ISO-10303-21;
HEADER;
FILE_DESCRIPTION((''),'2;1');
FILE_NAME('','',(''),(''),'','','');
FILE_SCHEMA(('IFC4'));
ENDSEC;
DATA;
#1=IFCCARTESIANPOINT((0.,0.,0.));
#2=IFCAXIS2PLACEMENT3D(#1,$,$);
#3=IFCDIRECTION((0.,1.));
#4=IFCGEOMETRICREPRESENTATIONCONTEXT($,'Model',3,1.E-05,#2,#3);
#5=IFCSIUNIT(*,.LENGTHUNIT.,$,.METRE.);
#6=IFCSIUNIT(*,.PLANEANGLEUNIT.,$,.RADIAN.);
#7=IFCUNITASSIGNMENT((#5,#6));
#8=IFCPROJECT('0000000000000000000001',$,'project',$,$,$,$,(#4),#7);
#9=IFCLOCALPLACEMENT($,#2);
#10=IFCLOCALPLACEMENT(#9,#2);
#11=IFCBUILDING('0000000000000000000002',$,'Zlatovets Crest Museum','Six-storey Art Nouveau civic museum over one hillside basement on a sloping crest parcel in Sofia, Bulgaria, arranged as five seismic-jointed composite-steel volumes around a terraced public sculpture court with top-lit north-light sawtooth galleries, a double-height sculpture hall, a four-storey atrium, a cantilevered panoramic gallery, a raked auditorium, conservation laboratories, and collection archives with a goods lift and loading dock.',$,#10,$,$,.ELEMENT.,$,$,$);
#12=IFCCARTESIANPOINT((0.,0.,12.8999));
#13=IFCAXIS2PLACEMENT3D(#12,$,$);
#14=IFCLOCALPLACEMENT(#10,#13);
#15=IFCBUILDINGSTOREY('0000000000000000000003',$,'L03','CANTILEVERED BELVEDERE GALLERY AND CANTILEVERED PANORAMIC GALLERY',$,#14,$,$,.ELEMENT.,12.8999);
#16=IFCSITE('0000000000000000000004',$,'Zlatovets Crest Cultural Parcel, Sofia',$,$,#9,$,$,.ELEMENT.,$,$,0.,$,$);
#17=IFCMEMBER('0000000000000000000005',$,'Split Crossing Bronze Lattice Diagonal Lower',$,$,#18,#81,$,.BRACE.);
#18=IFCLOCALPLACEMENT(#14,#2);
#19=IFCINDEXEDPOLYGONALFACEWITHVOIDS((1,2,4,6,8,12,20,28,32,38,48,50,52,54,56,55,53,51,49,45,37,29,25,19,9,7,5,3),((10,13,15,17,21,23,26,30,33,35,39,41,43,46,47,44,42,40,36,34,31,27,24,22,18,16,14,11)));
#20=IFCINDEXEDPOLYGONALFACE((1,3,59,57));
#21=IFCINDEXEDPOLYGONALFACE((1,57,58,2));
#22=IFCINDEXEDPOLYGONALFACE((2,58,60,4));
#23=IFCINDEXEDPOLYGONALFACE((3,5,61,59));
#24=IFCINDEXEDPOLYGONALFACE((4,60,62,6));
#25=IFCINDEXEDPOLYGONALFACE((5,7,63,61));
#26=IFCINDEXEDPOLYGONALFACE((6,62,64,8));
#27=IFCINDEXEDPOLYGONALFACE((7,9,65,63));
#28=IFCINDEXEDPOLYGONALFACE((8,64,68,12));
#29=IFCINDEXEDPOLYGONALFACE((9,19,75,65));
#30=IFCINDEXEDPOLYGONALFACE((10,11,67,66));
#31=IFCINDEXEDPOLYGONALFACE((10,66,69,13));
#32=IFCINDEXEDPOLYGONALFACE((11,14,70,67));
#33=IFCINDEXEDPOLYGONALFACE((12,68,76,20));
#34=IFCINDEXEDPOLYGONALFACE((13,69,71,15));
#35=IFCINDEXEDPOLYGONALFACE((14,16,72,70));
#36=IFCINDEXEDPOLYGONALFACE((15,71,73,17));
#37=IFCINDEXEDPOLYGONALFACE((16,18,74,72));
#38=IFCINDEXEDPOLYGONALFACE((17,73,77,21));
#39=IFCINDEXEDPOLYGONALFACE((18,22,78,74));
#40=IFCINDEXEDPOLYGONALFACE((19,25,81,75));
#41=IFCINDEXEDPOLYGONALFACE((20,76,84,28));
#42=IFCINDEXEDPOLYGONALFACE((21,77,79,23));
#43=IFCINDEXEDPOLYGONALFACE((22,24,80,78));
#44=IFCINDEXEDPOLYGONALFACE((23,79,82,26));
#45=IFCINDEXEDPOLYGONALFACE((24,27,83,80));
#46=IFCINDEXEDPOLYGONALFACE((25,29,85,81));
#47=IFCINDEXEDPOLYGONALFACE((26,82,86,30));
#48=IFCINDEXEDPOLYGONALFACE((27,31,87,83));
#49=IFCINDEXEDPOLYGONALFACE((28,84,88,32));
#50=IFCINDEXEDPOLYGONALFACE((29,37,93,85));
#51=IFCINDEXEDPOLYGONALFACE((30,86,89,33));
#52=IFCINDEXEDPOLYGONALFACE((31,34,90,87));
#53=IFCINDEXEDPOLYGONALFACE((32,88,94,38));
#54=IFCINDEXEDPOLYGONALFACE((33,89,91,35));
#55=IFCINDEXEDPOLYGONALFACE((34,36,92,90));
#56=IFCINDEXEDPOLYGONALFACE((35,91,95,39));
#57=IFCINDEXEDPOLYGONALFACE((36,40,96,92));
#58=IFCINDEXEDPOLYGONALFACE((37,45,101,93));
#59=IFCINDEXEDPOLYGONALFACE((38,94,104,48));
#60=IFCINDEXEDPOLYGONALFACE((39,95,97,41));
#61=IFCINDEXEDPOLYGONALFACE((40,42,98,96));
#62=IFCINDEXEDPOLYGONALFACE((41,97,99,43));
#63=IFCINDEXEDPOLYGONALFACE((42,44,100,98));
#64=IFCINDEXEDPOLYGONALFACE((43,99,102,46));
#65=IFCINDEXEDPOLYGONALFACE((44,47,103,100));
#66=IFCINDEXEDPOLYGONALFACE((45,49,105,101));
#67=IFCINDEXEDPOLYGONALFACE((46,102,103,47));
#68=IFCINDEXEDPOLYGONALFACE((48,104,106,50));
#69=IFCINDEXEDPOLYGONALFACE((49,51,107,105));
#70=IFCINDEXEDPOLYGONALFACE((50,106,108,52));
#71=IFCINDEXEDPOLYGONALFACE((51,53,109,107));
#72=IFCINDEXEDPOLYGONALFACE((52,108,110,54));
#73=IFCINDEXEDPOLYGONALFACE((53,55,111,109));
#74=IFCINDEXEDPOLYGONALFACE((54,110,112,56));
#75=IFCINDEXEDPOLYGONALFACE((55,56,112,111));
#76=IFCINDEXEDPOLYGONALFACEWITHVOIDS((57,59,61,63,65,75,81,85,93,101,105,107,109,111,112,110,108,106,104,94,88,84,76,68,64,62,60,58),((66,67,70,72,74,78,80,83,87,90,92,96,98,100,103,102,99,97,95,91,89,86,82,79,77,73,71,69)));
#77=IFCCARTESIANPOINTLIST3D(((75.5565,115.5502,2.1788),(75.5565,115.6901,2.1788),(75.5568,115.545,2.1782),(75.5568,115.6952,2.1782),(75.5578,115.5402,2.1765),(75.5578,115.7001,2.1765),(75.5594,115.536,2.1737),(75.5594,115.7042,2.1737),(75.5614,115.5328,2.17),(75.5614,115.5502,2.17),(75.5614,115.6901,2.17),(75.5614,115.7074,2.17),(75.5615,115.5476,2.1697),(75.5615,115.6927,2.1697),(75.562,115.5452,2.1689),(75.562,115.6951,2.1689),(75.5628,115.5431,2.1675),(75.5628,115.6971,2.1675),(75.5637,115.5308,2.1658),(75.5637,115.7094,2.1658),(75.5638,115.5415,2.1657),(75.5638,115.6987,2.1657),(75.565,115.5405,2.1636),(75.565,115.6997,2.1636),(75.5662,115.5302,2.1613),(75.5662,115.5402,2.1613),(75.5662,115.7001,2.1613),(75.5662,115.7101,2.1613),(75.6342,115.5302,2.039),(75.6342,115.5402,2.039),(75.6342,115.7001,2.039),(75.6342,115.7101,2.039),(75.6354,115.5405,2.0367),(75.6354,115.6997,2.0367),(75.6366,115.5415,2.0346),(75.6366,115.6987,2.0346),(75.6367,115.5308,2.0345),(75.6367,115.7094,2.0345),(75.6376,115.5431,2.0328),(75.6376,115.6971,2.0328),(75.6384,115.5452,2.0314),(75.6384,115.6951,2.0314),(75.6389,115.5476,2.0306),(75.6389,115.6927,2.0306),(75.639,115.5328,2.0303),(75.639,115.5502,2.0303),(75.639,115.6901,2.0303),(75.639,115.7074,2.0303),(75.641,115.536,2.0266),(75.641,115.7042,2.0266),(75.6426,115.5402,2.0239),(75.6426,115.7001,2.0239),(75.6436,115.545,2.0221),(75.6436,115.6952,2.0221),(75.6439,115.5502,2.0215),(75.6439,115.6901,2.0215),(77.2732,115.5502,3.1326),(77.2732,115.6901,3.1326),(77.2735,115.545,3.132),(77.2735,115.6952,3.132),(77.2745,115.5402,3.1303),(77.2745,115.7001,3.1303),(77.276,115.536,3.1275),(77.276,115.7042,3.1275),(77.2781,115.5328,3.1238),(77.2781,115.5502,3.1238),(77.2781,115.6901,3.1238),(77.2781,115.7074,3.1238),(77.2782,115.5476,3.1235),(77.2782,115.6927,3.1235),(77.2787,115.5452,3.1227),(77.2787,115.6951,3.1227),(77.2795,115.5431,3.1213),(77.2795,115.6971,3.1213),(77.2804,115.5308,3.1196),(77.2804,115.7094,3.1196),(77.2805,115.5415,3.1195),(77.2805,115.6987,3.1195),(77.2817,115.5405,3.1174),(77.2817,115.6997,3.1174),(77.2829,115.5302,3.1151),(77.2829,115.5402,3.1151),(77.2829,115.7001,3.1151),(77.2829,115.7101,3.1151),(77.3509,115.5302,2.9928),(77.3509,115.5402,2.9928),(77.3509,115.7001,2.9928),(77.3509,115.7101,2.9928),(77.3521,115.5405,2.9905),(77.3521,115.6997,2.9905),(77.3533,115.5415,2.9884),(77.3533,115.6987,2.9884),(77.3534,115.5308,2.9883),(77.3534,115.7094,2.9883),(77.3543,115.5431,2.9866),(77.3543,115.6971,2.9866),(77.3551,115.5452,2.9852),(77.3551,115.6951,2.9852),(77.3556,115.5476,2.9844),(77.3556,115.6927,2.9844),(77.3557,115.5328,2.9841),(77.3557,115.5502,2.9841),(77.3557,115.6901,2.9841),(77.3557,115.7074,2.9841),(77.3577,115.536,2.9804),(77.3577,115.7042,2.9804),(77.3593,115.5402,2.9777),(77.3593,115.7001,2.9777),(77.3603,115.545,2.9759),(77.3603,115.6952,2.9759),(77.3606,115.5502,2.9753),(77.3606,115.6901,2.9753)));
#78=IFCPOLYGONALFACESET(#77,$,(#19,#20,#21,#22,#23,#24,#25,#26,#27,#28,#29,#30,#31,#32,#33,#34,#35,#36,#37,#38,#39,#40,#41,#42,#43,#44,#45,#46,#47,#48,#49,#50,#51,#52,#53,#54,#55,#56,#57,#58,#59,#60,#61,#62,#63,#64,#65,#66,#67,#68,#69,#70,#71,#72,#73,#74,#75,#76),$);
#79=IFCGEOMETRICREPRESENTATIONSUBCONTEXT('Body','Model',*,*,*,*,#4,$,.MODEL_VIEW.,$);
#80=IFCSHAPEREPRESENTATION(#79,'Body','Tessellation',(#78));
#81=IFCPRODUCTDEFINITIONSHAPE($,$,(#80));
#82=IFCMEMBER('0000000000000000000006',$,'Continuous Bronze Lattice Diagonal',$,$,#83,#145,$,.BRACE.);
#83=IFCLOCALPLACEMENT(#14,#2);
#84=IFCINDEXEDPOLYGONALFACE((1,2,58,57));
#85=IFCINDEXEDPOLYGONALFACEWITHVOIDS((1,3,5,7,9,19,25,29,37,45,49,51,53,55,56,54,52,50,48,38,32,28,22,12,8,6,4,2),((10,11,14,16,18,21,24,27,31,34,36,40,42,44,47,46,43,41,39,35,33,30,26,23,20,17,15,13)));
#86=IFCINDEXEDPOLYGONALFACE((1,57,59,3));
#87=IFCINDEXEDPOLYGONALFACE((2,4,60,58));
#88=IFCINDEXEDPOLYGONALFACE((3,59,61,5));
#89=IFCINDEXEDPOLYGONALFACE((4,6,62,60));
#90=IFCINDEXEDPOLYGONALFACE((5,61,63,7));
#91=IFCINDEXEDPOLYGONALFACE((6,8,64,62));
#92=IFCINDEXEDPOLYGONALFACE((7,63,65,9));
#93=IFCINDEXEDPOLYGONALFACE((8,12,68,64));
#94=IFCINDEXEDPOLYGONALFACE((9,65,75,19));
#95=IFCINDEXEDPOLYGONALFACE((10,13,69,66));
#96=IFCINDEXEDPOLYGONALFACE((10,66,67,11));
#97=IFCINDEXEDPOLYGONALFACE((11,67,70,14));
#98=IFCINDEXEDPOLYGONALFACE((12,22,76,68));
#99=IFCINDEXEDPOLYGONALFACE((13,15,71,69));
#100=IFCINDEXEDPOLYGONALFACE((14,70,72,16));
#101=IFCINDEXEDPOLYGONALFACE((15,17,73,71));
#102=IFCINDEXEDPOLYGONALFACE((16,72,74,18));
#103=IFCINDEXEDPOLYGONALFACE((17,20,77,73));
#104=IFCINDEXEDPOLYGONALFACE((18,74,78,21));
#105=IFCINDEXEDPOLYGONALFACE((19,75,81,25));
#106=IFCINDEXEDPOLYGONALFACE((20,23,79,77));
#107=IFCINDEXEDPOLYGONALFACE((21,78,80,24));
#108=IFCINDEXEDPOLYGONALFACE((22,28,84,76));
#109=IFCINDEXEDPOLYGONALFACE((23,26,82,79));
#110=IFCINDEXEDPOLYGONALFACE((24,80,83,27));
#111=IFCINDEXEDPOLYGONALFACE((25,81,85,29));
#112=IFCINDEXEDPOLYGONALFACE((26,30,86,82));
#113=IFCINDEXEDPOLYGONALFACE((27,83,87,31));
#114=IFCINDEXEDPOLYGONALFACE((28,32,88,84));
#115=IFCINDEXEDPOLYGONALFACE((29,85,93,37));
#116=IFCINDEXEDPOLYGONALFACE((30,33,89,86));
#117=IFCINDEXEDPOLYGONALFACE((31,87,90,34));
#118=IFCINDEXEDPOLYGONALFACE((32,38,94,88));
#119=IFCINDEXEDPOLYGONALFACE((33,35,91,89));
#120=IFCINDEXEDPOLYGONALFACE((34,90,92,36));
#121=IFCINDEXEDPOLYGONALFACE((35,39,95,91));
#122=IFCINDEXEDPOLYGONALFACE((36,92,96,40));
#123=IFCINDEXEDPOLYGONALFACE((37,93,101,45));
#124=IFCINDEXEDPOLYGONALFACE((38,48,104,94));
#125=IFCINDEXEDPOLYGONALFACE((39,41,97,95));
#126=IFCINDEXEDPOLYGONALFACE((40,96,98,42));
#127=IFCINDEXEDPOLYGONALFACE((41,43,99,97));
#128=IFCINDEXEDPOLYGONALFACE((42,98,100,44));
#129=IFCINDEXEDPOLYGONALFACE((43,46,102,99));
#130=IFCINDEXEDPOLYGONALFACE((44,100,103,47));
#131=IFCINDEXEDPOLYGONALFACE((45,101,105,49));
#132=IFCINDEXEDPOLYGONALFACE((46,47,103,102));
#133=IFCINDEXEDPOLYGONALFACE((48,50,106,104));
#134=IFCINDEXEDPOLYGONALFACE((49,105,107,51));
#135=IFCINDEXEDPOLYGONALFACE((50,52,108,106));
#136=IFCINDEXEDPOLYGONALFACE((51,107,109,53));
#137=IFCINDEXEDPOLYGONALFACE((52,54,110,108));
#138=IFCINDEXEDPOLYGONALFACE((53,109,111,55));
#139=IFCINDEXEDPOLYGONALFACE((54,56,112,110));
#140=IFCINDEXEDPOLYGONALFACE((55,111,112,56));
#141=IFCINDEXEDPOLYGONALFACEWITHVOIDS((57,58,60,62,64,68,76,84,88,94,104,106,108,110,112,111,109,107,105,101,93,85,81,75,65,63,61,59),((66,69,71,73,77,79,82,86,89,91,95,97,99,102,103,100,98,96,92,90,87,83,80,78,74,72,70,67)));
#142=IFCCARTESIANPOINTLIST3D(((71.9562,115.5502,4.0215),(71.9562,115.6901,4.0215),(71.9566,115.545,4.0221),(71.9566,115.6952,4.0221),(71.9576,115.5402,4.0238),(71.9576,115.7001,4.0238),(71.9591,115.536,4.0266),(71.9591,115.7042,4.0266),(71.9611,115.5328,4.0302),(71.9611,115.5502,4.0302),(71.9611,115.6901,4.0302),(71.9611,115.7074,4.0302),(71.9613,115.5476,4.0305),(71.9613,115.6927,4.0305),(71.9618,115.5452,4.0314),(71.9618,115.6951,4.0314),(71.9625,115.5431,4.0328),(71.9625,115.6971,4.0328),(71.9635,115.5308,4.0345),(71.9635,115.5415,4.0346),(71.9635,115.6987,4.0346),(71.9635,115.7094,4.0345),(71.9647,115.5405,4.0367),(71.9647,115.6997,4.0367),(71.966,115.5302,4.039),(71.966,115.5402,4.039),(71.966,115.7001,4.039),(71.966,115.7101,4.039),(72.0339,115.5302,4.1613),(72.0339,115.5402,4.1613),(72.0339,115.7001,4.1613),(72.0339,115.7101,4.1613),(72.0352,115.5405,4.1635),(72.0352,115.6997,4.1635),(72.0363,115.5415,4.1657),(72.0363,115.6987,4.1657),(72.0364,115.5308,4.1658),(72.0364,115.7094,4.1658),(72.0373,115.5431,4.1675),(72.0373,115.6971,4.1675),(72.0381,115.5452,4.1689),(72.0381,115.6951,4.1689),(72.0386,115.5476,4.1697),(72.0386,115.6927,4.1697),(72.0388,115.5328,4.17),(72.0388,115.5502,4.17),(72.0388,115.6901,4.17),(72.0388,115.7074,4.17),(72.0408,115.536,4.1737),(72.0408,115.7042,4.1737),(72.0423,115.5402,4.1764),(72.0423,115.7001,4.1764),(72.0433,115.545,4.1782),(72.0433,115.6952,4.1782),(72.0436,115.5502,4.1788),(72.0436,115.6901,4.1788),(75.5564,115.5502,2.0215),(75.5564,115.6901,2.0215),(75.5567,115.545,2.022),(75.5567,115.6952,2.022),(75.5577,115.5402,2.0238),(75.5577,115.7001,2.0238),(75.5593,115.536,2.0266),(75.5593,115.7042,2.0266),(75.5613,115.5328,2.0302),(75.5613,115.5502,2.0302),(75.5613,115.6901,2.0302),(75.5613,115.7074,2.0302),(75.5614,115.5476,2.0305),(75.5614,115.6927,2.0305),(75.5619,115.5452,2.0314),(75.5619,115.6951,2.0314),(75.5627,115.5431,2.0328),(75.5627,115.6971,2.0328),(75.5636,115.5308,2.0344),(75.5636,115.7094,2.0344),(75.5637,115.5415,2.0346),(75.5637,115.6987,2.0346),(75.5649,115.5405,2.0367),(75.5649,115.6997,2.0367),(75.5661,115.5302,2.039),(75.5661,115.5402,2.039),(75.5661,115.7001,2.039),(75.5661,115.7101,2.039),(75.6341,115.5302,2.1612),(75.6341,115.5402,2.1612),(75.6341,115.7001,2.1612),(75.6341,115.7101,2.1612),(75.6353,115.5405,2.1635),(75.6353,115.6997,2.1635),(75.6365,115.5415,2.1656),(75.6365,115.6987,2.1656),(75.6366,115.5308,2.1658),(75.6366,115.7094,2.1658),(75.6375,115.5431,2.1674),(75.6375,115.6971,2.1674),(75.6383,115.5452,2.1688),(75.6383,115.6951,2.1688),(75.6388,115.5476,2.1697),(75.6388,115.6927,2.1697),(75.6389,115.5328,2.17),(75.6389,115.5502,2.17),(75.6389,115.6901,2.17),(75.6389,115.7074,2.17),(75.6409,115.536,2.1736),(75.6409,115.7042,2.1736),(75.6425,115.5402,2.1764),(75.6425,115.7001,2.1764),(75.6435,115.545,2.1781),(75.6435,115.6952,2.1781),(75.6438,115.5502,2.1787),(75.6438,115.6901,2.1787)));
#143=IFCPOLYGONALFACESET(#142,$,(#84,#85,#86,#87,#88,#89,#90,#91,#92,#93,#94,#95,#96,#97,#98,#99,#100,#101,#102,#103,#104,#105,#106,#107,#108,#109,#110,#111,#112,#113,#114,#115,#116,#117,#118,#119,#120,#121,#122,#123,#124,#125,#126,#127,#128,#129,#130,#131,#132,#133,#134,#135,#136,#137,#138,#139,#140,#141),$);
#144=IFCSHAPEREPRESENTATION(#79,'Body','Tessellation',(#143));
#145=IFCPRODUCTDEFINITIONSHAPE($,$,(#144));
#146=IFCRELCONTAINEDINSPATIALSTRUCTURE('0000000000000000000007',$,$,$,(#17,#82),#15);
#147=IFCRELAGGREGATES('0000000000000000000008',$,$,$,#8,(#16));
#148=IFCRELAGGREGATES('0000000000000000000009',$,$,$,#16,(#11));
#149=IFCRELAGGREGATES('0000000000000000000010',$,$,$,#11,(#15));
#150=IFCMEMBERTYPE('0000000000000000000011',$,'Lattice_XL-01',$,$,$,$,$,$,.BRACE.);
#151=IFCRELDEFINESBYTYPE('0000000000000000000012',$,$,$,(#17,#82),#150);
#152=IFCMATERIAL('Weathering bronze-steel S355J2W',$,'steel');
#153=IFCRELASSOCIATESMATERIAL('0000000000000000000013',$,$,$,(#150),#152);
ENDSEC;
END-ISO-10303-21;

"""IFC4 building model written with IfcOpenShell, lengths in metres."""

from ifc_helpers import new_model, si_unit, direction, frame, origin, origin_2d, place, context, subcontext, project, spatial, hollow_rectangle, extrude, material, material_profile, profile_set, type_object, element, save


model = new_model("IFC4")

# Units and contexts
model_context = context("Model", 3, precision=1e-05, world=origin(), true_north=direction((0.0, 1.0)))
body_context = subcontext(model_context, "Body", "Model", "MODEL_VIEW")
ifc_project = project(units=[si_unit("LENGTHUNIT", "METRE"), si_unit("PLANEANGLEUNIT", "RADIAN")], contexts=[model_context])

# Site, building, storey
site_placement = place(None, origin())
site = spatial("IfcSite", under=ifc_project, at=site_placement, Name="Zlatovets Crest Cultural Parcel, Sofia", CompositionType="ELEMENT", RefElevation=0.0)
building_placement = place(site_placement, origin())
building = spatial("IfcBuilding", under=site, at=building_placement, Name="Zlatovets Crest Museum", Description="Six-storey Art Nouveau civic museum over one hillside basement on a sloping crest parcel in Sofia, Bulgaria, arranged as five seismic-jointed composite-steel volumes around a terraced public sculpture court with top-lit north-light sawtooth galleries, a double-height sculpture hall, a four-storey atrium, a cantilevered panoramic gallery, a raked auditorium, conservation laboratories, and collection archives with a goods lift and loading dock.", CompositionType="ELEMENT")
storey_placement = place(building_placement, frame((0.0, 0.0, 12.8999)))
storey = spatial("IfcBuildingStorey", under=building, at=storey_placement, Name="L03", Description="CANTILEVERED BELVEDERE GALLERY AND CANTILEVERED PANORAMIC GALLERY", CompositionType="ELEMENT", Elevation=12.8999)

# Members
ifc_material_1 = material(Name="Weathering bronze-steel S355J2W", Category="steel")
ifc_material_profile_1 = material_profile(ifc_material_1, hollow_rectangle(XDim=0.1799, YDim=0.1799, WallThickness=0.01, InnerFilletRadius=0.01, OuterFilletRadius=0.02, at=origin_2d()), Name="SHS 180x180x10.0")
ifc_profile_set_1 = profile_set([ifc_material_profile_1], Name="Weathering bronze-steel S355J2W")
member_type_1 = type_object("IfcMemberType", Name="Lattice_XL-01", PredefinedType="BRACE", material=ifc_profile_set_1)
member_1_placement = place(storey_placement, frame((77.3169, 115.6201, 3.054), z_axis=(-0.87414, 0.0, -0.485675), x_axis=(0.0, -1.0, 0.0)))
element("IfcMember", 1, at=member_1_placement, inside=storey, type_object=member_type_1, Name="Split Crossing Bronze Lattice Diagonal Lower", PredefinedType="BRACE", context=body_context, shape_type="SweptSolid", body=[
    extrude(hollow_rectangle(XDim=0.1799, YDim=0.1799, WallThickness=0.01, InnerFilletRadius=0.01, OuterFilletRadius=0.02, at=origin_2d()), origin(), (0.0, 0.0, 1.0), 1.9639),
])
member_2_placement = place(storey_placement, frame((75.6001, 115.6201, 2.1001), z_axis=(-0.874163, 0.0, 0.485633), x_axis=(0.0, -1.0, 0.0)))
element("IfcMember", 2, at=member_2_placement, inside=storey, type_object=member_type_1, Name="Continuous Bronze Lattice Diagonal", PredefinedType="BRACE", context=body_context, shape_type="SweptSolid", body=[
    extrude(hollow_rectangle(XDim=0.1799, YDim=0.1799, WallThickness=0.01, InnerFilletRadius=0.01, OuterFilletRadius=0.02, at=origin_2d()), origin(), (0.0, 0.0, 1.0), 4.1184),
])

save(model, "model.ifc")
